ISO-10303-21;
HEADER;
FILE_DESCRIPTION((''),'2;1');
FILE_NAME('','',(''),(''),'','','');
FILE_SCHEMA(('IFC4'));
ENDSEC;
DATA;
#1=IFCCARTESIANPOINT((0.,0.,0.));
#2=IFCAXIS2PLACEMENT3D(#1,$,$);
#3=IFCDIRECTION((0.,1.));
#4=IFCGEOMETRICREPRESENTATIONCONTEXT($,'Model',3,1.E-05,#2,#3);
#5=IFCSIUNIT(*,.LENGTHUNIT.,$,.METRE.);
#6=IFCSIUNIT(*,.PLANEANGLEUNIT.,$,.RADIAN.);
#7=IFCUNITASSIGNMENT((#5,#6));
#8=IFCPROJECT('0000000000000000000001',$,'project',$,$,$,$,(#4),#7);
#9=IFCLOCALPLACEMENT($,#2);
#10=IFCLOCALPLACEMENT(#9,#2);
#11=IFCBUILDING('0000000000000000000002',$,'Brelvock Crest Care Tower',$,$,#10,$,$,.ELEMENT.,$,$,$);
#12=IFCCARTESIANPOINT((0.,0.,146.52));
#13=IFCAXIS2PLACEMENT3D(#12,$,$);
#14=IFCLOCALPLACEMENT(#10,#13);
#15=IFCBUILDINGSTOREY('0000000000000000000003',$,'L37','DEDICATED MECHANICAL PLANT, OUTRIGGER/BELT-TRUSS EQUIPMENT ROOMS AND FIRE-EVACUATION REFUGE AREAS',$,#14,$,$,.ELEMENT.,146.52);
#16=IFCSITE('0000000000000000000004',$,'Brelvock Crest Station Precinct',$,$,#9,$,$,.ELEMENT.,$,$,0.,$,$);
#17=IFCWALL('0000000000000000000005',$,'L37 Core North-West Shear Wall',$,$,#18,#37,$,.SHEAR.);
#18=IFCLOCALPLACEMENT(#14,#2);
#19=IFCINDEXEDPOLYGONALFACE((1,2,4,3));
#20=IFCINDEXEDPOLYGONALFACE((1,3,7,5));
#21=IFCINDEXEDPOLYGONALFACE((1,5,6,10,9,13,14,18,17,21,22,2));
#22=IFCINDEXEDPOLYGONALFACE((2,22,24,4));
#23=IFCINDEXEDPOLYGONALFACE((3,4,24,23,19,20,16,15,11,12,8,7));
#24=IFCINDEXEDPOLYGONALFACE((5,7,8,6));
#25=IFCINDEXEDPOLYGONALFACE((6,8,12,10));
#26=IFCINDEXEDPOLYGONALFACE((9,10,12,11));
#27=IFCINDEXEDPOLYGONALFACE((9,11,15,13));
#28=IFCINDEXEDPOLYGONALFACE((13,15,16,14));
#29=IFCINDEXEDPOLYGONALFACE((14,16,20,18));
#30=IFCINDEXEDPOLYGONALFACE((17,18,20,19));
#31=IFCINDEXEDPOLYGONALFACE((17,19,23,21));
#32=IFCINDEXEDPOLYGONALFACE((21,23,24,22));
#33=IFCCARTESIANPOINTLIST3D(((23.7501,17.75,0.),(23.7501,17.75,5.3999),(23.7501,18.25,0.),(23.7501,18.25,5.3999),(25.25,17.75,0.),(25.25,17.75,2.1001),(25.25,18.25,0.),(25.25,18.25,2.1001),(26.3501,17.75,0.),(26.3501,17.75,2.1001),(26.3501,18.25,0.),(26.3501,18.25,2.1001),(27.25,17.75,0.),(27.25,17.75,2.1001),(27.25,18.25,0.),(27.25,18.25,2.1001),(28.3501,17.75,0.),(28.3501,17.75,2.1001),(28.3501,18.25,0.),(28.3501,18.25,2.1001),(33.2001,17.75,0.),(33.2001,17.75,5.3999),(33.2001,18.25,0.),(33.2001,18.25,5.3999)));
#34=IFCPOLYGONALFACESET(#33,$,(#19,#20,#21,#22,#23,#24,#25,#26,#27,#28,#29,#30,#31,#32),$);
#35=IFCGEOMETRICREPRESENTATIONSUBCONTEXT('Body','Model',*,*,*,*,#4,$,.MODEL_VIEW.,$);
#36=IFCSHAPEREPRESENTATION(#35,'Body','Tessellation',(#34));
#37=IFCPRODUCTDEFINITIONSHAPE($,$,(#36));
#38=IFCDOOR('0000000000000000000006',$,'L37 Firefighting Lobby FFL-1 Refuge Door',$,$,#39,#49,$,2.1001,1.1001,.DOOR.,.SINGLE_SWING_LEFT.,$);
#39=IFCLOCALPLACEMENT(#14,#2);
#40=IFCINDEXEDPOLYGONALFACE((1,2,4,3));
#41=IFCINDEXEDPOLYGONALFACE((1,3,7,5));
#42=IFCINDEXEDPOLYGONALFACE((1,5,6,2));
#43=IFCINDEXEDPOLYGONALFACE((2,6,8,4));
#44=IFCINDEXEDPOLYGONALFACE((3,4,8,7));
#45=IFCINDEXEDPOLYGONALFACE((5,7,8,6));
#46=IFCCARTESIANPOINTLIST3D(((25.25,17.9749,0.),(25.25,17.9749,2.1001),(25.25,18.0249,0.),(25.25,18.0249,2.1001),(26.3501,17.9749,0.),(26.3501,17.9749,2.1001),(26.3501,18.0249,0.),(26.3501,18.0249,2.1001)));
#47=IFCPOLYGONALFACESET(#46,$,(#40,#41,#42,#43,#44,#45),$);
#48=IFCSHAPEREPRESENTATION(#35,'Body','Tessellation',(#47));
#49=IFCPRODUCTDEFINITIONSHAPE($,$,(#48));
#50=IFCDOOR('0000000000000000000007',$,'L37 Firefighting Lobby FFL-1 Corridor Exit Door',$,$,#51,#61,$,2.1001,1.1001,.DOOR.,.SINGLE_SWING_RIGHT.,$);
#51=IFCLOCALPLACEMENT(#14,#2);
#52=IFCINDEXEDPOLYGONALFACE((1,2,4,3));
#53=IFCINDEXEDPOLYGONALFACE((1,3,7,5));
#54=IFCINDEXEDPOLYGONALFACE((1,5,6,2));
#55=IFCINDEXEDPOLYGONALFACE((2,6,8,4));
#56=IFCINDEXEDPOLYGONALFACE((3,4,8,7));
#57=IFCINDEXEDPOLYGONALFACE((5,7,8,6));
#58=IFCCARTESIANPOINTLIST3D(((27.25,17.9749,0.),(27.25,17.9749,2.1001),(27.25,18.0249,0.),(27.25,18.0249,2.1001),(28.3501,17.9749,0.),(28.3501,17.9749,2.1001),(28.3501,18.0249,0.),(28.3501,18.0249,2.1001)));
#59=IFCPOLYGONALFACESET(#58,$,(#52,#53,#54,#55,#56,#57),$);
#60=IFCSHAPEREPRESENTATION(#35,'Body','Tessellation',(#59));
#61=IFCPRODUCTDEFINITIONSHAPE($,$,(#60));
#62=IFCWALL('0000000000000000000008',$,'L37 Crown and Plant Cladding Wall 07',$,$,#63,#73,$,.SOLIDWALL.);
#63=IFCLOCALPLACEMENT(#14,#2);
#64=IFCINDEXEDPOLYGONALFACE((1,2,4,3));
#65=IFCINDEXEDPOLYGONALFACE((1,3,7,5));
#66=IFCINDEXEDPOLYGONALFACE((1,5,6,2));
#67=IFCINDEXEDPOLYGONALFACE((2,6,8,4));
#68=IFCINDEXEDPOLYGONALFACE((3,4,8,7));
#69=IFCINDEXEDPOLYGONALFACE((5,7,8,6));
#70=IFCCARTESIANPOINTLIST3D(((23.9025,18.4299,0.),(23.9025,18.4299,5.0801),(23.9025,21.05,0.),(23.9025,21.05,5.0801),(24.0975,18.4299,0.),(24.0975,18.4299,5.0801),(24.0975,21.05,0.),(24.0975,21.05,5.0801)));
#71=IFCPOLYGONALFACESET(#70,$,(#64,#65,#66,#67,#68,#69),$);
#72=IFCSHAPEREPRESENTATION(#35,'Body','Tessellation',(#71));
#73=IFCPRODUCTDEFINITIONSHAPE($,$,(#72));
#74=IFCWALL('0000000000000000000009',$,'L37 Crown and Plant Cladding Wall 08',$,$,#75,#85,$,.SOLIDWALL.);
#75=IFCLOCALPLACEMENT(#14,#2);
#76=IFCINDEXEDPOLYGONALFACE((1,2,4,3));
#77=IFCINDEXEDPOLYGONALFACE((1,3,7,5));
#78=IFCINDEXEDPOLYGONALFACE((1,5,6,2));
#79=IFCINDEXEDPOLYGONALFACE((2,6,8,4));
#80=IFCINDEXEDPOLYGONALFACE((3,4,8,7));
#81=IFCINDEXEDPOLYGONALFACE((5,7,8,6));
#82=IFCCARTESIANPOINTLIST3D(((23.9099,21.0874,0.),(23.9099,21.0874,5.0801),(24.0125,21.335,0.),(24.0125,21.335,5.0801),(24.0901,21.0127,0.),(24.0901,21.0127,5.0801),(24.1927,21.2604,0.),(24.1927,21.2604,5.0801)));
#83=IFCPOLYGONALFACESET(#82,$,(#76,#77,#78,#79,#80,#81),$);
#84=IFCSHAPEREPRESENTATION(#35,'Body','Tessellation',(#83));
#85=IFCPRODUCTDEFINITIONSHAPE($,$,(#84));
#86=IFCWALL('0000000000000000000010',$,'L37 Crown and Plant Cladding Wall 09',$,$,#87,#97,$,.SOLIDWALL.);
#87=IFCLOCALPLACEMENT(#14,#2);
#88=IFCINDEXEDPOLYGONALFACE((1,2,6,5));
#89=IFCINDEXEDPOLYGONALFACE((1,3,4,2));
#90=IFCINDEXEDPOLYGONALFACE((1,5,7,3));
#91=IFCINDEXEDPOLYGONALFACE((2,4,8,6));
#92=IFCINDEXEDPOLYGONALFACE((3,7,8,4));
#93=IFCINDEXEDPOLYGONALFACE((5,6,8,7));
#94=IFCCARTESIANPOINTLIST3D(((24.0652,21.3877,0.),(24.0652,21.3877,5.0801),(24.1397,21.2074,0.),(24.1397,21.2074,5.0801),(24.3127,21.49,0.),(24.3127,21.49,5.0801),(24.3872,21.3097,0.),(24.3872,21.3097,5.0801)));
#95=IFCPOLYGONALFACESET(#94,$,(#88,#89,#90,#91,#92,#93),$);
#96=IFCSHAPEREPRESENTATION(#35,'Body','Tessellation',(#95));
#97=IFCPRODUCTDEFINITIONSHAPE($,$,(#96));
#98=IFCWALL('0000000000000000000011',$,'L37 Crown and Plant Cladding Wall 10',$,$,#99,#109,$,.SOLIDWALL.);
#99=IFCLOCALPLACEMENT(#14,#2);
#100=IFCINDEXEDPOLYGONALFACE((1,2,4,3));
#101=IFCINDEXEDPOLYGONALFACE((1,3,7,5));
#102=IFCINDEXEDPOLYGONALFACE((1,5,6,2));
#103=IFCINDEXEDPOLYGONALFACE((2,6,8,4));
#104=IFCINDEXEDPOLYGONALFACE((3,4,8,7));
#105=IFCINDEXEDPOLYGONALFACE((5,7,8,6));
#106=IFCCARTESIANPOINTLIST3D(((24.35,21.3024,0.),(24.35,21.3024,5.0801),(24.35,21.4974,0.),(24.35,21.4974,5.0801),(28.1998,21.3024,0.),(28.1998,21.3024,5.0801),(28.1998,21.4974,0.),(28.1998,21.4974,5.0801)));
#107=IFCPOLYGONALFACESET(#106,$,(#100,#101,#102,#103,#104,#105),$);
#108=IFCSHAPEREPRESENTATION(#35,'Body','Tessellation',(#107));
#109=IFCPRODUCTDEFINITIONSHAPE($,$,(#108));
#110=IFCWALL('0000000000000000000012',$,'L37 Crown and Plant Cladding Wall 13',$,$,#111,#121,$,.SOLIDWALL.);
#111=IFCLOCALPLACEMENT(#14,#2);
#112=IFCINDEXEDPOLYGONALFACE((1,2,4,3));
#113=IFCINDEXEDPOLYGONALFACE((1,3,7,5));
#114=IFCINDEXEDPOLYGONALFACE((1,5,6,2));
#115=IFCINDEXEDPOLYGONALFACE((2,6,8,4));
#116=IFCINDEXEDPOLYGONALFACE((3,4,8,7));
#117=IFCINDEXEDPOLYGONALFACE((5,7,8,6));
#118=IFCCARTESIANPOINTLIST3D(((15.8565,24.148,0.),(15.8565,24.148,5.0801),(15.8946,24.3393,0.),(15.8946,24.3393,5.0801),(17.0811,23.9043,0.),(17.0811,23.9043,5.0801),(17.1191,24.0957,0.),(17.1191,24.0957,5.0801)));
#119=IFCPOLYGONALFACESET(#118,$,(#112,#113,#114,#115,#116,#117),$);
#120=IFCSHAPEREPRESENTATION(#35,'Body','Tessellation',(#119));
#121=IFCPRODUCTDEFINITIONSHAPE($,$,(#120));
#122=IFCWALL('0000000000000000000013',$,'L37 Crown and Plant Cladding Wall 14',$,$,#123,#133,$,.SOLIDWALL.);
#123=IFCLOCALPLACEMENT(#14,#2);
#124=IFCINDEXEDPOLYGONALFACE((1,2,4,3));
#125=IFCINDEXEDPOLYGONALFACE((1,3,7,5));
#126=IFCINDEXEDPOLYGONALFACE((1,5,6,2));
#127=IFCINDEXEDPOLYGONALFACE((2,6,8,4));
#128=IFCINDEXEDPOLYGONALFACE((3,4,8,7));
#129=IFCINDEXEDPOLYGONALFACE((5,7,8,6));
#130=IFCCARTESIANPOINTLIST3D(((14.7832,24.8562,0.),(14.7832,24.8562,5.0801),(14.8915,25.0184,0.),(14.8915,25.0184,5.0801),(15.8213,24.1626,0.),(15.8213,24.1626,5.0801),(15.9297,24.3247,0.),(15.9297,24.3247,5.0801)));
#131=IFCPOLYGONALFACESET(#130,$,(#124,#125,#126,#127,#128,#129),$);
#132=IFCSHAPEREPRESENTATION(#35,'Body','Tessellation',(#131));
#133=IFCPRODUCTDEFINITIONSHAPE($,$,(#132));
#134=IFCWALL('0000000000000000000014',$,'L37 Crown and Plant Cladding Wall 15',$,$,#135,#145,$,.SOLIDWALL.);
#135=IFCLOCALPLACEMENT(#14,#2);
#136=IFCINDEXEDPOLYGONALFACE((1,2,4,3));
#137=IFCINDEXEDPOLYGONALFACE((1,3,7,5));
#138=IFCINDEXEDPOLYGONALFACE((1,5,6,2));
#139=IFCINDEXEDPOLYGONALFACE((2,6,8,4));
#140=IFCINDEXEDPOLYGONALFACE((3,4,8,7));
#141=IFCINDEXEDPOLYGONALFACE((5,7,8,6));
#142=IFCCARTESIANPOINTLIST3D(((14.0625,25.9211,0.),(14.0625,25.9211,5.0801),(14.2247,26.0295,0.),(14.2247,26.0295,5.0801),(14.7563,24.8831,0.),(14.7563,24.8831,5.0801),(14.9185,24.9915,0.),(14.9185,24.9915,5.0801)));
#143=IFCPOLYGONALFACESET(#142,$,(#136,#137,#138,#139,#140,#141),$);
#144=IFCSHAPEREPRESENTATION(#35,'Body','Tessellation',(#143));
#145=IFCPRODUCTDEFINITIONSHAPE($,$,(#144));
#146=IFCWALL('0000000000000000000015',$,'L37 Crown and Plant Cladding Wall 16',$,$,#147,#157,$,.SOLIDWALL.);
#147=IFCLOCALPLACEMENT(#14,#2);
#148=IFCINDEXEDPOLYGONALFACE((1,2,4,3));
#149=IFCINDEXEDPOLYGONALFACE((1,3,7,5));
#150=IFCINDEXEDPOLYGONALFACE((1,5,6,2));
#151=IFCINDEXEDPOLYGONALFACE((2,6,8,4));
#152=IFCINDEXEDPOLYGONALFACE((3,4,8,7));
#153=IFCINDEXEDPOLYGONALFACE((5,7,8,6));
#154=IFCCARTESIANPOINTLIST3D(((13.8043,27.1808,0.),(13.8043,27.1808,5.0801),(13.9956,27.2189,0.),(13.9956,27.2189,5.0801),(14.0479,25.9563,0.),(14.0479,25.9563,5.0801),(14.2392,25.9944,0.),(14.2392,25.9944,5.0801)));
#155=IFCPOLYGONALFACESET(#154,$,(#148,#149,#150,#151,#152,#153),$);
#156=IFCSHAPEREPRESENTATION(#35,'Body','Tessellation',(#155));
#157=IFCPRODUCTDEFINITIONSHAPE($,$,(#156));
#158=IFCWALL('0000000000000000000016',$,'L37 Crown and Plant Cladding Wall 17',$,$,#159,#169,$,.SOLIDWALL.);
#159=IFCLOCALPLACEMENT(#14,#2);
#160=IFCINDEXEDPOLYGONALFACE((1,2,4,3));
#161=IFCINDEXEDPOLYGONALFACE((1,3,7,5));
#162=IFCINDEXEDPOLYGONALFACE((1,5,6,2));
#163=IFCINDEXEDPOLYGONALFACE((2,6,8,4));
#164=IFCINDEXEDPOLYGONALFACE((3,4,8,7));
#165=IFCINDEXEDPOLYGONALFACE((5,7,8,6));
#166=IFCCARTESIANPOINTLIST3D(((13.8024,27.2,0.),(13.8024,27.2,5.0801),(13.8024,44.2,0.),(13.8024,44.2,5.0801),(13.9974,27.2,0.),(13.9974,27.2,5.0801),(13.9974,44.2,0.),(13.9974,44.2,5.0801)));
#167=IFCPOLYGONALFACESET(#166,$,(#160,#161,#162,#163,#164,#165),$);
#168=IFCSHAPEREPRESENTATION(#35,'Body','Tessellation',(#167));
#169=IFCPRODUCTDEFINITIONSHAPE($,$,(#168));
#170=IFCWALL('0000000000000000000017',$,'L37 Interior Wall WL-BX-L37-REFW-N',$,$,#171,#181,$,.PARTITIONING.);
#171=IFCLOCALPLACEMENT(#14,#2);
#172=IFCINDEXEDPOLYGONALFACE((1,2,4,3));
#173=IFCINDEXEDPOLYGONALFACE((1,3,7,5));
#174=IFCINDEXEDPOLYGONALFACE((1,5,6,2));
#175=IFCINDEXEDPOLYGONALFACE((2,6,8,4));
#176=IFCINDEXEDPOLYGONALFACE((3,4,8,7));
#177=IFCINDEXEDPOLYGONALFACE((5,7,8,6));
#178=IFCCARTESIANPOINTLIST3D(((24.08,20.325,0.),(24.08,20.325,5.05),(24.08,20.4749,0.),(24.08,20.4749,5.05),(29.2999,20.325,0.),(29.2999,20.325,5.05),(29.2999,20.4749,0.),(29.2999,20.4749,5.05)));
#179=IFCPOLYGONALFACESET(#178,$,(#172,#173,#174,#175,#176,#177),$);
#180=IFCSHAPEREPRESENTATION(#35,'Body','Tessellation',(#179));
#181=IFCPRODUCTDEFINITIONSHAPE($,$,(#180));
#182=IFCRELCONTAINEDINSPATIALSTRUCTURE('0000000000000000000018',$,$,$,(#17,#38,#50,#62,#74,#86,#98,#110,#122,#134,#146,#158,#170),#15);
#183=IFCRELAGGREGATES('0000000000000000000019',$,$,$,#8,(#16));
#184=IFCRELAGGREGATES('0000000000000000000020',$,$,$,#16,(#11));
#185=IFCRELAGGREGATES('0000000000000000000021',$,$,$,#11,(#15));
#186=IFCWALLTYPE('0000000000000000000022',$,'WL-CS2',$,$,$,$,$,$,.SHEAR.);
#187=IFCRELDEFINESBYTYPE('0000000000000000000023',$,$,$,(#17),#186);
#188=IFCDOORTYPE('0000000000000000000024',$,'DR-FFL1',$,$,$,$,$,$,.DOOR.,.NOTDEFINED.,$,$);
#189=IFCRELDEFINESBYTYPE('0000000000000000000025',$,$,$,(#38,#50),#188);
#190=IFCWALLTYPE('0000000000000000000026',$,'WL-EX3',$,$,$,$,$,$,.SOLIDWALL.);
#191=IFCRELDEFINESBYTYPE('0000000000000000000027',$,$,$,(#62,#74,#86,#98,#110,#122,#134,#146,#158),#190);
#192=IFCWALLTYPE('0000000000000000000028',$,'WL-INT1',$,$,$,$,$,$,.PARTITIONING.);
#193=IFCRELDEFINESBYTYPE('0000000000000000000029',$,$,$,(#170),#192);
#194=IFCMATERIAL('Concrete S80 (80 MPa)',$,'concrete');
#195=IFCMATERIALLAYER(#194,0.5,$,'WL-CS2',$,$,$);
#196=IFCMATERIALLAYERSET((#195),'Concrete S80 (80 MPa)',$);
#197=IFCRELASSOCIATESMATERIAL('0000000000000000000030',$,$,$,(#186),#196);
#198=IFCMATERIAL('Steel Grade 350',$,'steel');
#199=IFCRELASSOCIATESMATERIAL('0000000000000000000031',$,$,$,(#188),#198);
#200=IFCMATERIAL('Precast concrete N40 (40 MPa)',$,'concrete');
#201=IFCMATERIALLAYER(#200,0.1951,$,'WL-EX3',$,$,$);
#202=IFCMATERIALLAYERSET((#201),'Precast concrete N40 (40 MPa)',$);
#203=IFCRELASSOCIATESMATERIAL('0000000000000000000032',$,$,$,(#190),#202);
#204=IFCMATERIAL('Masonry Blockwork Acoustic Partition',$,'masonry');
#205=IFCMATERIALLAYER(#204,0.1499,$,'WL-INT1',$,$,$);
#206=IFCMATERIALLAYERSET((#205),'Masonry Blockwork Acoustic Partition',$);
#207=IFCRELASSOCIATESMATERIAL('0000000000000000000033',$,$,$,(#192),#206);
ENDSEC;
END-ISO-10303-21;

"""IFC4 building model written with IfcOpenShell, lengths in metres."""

from ifc_helpers import new_model, si_unit, direction, frame, frame_2d, origin, origin_2d, place, context, subcontext, project, spatial, rectangle, extrude, source, transform, mapped, material, layer, layer_set, type_object, element, fill, save


model = new_model("IFC4")

# Units and contexts
model_context = context("Model", 3, precision=1e-05, world=origin(), true_north=direction((0.0, 1.0)))
body_context = subcontext(model_context, "Body", "Model", "MODEL_VIEW")
ifc_project = project(units=[si_unit("LENGTHUNIT", "METRE"), si_unit("PLANEANGLEUNIT", "RADIAN")], contexts=[model_context])

# Site, building, storey
site_placement = place(None, origin())
site = spatial("IfcSite", under=ifc_project, at=site_placement, Name="Brelvock Crest Station Precinct", CompositionType="ELEMENT", RefElevation=0.0)
building_placement = place(site_placement, origin())
building = spatial("IfcBuilding", under=site, at=building_placement, Name="Brelvock Crest Care Tower", CompositionType="ELEMENT")
storey_placement = place(building_placement, frame((0.0, 0.0, 146.52)))
storey = spatial("IfcBuildingStorey", under=building, at=storey_placement, Name="L37", Description="DEDICATED MECHANICAL PLANT, OUTRIGGER/BELT-TRUSS EQUIPMENT ROOMS AND FIRE-EVACUATION REFUGE AREAS", CompositionType="ELEMENT", Elevation=146.52)

# Shared definitions
ifc_material_1 = material(Name="Concrete S80 (80 MPa)", Category="concrete")

# Shared definitions
ifc_material_2 = material(Name="Steel Grade 350", Category="steel")

# Wall, openings, doors
ifc_layer_1 = layer(ifc_material_1, 0.5, Name="WL-CS2")
ifc_layer_set_1 = layer_set([ifc_layer_1], Name="Concrete S80 (80 MPa)")
wall_type_1 = type_object("IfcWallType", Name="WL-CS2", PredefinedType="SHEAR", material=ifc_layer_set_1)
wall_1_placement = place(storey_placement, frame((23.75, 18.0, 0.0), z_axis=(0.0, 0.0, 1.0), x_axis=(1.0, 0.0, 0.0)))
wall_1 = element("IfcWall", 1, at=wall_1_placement, inside=storey, type_object=wall_type_1, Name="L37 Core North-West Shear Wall", PredefinedType="SHEAR", context=body_context, shape_type="SweptSolid", body=[
    extrude(rectangle(XDim=9.45, YDim=0.5, at=frame_2d((4.7251, 0.0))), origin(), (0.0, 0.0, 1.0), 5.3999),
])
opening_1_placement = place(wall_1_placement, frame((1.5, 0.0, 0.0)))
opening_1 = element("IfcOpeningElement", 2, at=opening_1_placement, cuts=wall_1, PredefinedType="OPENING", context=body_context, shape_type="SweptSolid", body=[
    extrude(rectangle(XDim=1.1001, YDim=2.1001, at=origin_2d()), frame((0.55, 0.26, 1.05), z_axis=(0.0, -1.0, 0.0), x_axis=(1.0, 0.0, 0.0)), (0.0, 0.0, 1.0), 0.52),
])
opening_2_placement = place(wall_1_placement, frame((3.5, 0.0, 0.0)))
opening_2 = element("IfcOpeningElement", 3, at=opening_2_placement, cuts=wall_1, PredefinedType="OPENING", context=body_context, shape_type="SweptSolid", body=[
    extrude(rectangle(XDim=1.1001, YDim=2.1001, at=origin_2d()), frame((0.55, 0.26, 1.05), z_axis=(0.0, -1.0, 0.0), x_axis=(1.0, 0.0, 0.0)), (0.0, 0.0, 1.0), 0.52),
])
door_type_1 = type_object("IfcDoorType", Name="DR-FFL1", OperationType="NOTDEFINED", PredefinedType="DOOR", material=ifc_material_2)
shared_shape_1 = source(origin(), body_context, "Body", "SweptSolid", [
    extrude(rectangle(XDim=1.1001, YDim=2.1001, at=origin_2d()), frame((0.55, 0.0249, 1.05), z_axis=(0.0, -1.0, 0.0), x_axis=(1.0, 0.0, 0.0)), (0.0, 0.0, 1.0), 0.05),
])
door_1_placement = place(opening_1_placement, origin())
door_1 = element("IfcDoor", 4, at=door_1_placement, inside=storey, type_object=door_type_1, Name="L37 Firefighting Lobby FFL-1 Refuge Door", OperationType="SINGLE_SWING_LEFT", OverallHeight=2.1001, OverallWidth=1.1001, PredefinedType="DOOR", context=body_context, shape_type="MappedRepresentation", body=[
    mapped(shared_shape_1, transform((0.0, 0.0, 0.0), x_axis=(1.0, 0.0, 0.0), y_axis=(0.0, 1.0, 0.0), z_axis=(0.0, 0.0, 1.0), scale=1.0)),
])
fill(opening_1, door_1)
door_2_placement = place(opening_2_placement, origin())
door_2 = element("IfcDoor", 5, at=door_2_placement, inside=storey, type_object=door_type_1, Name="L37 Firefighting Lobby FFL-1 Corridor Exit Door", OperationType="SINGLE_SWING_RIGHT", OverallHeight=2.1001, OverallWidth=1.1001, PredefinedType="DOOR", context=body_context, shape_type="MappedRepresentation", body=[
    mapped(shared_shape_1, transform((0.0, 0.0, 0.0), x_axis=(1.0, 0.0, 0.0), y_axis=(0.0, 1.0, 0.0), z_axis=(0.0, 0.0, 1.0), scale=1.0)),
])
fill(opening_2, door_2)

# Walls
ifc_material_3 = material(Name="Precast concrete N40 (40 MPa)", Category="concrete")
ifc_layer_2 = layer(ifc_material_3, 0.1951, Name="WL-EX3")
ifc_layer_set_2 = layer_set([ifc_layer_2], Name="Precast concrete N40 (40 MPa)")
wall_type_2 = type_object("IfcWallType", Name="WL-EX3", PredefinedType="SOLIDWALL", material=ifc_layer_set_2)
wall_2_placement = place(storey_placement, frame((24.0, 18.4299, 0.0), z_axis=(0.0, 0.0, 1.0), x_axis=(0.0, 1.0, 0.0)))
element("IfcWall", 6, at=wall_2_placement, inside=storey, type_object=wall_type_2, Name="L37 Crown and Plant Cladding Wall 07", PredefinedType="SOLIDWALL", context=body_context, shape_type="SweptSolid", body=[
    extrude(rectangle(XDim=2.6201, YDim=0.1951, at=frame_2d((1.3101, 0.0))), origin(), (0.0, 0.0, 1.0), 5.0801),
])
wall_3_placement = place(storey_placement, frame((24.0, 21.05, 0.0), z_axis=(0.0, 0.0, 1.0), x_axis=(0.382674, 0.923884, 0.0)))
element("IfcWall", 7, at=wall_3_placement, inside=storey, type_object=wall_type_2, Name="L37 Crown and Plant Cladding Wall 08", PredefinedType="SOLIDWALL", context=body_context, shape_type="SweptSolid", body=[
    extrude(rectangle(XDim=0.2681, YDim=0.1951, at=frame_2d((0.134, 0.0))), origin(), (0.0, 0.0, 1.0), 5.0801),
])
wall_4_placement = place(storey_placement, frame((24.1025, 21.2976, 0.0), z_axis=(0.0, 0.0, 1.0), x_axis=(0.924205, 0.381896, 0.0)))
element("IfcWall", 8, at=wall_4_placement, inside=storey, type_object=wall_type_2, Name="L37 Crown and Plant Cladding Wall 09", PredefinedType="SOLIDWALL", context=body_context, shape_type="SweptSolid", body=[
    extrude(rectangle(XDim=0.2678, YDim=0.1951, at=frame_2d((0.1338, 0.0))), origin(), (0.0, 0.0, 1.0), 5.0801),
])
wall_5_placement = place(storey_placement, frame((24.3501, 21.3999, 0.0), z_axis=(0.0, 0.0, 1.0), x_axis=(1.0, 0.0, 0.0)))
element("IfcWall", 9, at=wall_5_placement, inside=storey, type_object=wall_type_2, Name="L37 Crown and Plant Cladding Wall 10", PredefinedType="SOLIDWALL", context=body_context, shape_type="SweptSolid", body=[
    extrude(rectangle(XDim=3.8499, YDim=0.1951, at=frame_2d((1.9248, 0.0))), origin(), (0.0, 0.0, 1.0), 5.0801),
])
for number, where, z_axis, x_axis, name in (
    (10, (17.1001, 24.0, 0.0), (0.0, 0.0, 1.0), (-0.980776, 0.195138, 0.0), "L37 Crown and Plant Cladding Wall 13"),
    (11, (15.8755, 24.2437, 0.0), (0.0, 0.0, 1.0), (-0.831478, 0.555557, 0.0), "L37 Crown and Plant Cladding Wall 14"),
    (12, (14.8374, 24.9373, 0.0), (0.0, 0.0, 1.0), (-0.555692, 0.831388, 0.0), "L37 Crown and Plant Cladding Wall 15"),
    (13, (14.1436, 25.9753, 0.0), (0.0, 0.0, 1.0), (-0.195138, 0.980776, 0.0), "L37 Crown and Plant Cladding Wall 16"),
):
    element("IfcWall", number, at=place(storey_placement, frame(where, z_axis=z_axis, x_axis=x_axis)), inside=storey, type_object=wall_type_2, Name=name, PredefinedType="SOLIDWALL", context=body_context, shape_type="SweptSolid", body=[
        extrude(rectangle(XDim=1.2485, YDim=0.1951, at=frame_2d((0.6243, 0.0))), origin(), (0.0, 0.0, 1.0), 5.0801),
    ])
wall_6_placement = place(storey_placement, frame((13.8999, 27.2, 0.0), z_axis=(0.0, 0.0, 1.0), x_axis=(0.0, 1.0, 0.0)))
element("IfcWall", 14, at=wall_6_placement, inside=storey, type_object=wall_type_2, Name="L37 Crown and Plant Cladding Wall 17", PredefinedType="SOLIDWALL", context=body_context, shape_type="SweptSolid", body=[
    extrude(rectangle(XDim=17.0, YDim=0.1951, at=frame_2d((8.5, 0.0))), origin(), (0.0, 0.0, 1.0), 5.0801),
])
ifc_material_4 = material(Name="Masonry Blockwork Acoustic Partition", Category="masonry")
ifc_layer_3 = layer(ifc_material_4, 0.1499, Name="WL-INT1")
ifc_layer_set_3 = layer_set([ifc_layer_3], Name="Masonry Blockwork Acoustic Partition")
wall_type_3 = type_object("IfcWallType", Name="WL-INT1", PredefinedType="PARTITIONING", material=ifc_layer_set_3)
wall_7_placement = place(storey_placement, frame((24.0801, 20.3999, 0.0), z_axis=(0.0, 0.0, 1.0), x_axis=(1.0, 0.0, 0.0)))
element("IfcWall", 15, at=wall_7_placement, inside=storey, type_object=wall_type_3, Name="L37 Interior Wall WL-BX-L37-REFW-N", PredefinedType="PARTITIONING", context=body_context, shape_type="SweptSolid", body=[
    extrude(rectangle(XDim=5.22, YDim=0.1499, at=frame_2d((2.6099, 0.0))), origin(), (0.0, 0.0, 1.0), 5.05),
])

save(model, "model.ifc")
